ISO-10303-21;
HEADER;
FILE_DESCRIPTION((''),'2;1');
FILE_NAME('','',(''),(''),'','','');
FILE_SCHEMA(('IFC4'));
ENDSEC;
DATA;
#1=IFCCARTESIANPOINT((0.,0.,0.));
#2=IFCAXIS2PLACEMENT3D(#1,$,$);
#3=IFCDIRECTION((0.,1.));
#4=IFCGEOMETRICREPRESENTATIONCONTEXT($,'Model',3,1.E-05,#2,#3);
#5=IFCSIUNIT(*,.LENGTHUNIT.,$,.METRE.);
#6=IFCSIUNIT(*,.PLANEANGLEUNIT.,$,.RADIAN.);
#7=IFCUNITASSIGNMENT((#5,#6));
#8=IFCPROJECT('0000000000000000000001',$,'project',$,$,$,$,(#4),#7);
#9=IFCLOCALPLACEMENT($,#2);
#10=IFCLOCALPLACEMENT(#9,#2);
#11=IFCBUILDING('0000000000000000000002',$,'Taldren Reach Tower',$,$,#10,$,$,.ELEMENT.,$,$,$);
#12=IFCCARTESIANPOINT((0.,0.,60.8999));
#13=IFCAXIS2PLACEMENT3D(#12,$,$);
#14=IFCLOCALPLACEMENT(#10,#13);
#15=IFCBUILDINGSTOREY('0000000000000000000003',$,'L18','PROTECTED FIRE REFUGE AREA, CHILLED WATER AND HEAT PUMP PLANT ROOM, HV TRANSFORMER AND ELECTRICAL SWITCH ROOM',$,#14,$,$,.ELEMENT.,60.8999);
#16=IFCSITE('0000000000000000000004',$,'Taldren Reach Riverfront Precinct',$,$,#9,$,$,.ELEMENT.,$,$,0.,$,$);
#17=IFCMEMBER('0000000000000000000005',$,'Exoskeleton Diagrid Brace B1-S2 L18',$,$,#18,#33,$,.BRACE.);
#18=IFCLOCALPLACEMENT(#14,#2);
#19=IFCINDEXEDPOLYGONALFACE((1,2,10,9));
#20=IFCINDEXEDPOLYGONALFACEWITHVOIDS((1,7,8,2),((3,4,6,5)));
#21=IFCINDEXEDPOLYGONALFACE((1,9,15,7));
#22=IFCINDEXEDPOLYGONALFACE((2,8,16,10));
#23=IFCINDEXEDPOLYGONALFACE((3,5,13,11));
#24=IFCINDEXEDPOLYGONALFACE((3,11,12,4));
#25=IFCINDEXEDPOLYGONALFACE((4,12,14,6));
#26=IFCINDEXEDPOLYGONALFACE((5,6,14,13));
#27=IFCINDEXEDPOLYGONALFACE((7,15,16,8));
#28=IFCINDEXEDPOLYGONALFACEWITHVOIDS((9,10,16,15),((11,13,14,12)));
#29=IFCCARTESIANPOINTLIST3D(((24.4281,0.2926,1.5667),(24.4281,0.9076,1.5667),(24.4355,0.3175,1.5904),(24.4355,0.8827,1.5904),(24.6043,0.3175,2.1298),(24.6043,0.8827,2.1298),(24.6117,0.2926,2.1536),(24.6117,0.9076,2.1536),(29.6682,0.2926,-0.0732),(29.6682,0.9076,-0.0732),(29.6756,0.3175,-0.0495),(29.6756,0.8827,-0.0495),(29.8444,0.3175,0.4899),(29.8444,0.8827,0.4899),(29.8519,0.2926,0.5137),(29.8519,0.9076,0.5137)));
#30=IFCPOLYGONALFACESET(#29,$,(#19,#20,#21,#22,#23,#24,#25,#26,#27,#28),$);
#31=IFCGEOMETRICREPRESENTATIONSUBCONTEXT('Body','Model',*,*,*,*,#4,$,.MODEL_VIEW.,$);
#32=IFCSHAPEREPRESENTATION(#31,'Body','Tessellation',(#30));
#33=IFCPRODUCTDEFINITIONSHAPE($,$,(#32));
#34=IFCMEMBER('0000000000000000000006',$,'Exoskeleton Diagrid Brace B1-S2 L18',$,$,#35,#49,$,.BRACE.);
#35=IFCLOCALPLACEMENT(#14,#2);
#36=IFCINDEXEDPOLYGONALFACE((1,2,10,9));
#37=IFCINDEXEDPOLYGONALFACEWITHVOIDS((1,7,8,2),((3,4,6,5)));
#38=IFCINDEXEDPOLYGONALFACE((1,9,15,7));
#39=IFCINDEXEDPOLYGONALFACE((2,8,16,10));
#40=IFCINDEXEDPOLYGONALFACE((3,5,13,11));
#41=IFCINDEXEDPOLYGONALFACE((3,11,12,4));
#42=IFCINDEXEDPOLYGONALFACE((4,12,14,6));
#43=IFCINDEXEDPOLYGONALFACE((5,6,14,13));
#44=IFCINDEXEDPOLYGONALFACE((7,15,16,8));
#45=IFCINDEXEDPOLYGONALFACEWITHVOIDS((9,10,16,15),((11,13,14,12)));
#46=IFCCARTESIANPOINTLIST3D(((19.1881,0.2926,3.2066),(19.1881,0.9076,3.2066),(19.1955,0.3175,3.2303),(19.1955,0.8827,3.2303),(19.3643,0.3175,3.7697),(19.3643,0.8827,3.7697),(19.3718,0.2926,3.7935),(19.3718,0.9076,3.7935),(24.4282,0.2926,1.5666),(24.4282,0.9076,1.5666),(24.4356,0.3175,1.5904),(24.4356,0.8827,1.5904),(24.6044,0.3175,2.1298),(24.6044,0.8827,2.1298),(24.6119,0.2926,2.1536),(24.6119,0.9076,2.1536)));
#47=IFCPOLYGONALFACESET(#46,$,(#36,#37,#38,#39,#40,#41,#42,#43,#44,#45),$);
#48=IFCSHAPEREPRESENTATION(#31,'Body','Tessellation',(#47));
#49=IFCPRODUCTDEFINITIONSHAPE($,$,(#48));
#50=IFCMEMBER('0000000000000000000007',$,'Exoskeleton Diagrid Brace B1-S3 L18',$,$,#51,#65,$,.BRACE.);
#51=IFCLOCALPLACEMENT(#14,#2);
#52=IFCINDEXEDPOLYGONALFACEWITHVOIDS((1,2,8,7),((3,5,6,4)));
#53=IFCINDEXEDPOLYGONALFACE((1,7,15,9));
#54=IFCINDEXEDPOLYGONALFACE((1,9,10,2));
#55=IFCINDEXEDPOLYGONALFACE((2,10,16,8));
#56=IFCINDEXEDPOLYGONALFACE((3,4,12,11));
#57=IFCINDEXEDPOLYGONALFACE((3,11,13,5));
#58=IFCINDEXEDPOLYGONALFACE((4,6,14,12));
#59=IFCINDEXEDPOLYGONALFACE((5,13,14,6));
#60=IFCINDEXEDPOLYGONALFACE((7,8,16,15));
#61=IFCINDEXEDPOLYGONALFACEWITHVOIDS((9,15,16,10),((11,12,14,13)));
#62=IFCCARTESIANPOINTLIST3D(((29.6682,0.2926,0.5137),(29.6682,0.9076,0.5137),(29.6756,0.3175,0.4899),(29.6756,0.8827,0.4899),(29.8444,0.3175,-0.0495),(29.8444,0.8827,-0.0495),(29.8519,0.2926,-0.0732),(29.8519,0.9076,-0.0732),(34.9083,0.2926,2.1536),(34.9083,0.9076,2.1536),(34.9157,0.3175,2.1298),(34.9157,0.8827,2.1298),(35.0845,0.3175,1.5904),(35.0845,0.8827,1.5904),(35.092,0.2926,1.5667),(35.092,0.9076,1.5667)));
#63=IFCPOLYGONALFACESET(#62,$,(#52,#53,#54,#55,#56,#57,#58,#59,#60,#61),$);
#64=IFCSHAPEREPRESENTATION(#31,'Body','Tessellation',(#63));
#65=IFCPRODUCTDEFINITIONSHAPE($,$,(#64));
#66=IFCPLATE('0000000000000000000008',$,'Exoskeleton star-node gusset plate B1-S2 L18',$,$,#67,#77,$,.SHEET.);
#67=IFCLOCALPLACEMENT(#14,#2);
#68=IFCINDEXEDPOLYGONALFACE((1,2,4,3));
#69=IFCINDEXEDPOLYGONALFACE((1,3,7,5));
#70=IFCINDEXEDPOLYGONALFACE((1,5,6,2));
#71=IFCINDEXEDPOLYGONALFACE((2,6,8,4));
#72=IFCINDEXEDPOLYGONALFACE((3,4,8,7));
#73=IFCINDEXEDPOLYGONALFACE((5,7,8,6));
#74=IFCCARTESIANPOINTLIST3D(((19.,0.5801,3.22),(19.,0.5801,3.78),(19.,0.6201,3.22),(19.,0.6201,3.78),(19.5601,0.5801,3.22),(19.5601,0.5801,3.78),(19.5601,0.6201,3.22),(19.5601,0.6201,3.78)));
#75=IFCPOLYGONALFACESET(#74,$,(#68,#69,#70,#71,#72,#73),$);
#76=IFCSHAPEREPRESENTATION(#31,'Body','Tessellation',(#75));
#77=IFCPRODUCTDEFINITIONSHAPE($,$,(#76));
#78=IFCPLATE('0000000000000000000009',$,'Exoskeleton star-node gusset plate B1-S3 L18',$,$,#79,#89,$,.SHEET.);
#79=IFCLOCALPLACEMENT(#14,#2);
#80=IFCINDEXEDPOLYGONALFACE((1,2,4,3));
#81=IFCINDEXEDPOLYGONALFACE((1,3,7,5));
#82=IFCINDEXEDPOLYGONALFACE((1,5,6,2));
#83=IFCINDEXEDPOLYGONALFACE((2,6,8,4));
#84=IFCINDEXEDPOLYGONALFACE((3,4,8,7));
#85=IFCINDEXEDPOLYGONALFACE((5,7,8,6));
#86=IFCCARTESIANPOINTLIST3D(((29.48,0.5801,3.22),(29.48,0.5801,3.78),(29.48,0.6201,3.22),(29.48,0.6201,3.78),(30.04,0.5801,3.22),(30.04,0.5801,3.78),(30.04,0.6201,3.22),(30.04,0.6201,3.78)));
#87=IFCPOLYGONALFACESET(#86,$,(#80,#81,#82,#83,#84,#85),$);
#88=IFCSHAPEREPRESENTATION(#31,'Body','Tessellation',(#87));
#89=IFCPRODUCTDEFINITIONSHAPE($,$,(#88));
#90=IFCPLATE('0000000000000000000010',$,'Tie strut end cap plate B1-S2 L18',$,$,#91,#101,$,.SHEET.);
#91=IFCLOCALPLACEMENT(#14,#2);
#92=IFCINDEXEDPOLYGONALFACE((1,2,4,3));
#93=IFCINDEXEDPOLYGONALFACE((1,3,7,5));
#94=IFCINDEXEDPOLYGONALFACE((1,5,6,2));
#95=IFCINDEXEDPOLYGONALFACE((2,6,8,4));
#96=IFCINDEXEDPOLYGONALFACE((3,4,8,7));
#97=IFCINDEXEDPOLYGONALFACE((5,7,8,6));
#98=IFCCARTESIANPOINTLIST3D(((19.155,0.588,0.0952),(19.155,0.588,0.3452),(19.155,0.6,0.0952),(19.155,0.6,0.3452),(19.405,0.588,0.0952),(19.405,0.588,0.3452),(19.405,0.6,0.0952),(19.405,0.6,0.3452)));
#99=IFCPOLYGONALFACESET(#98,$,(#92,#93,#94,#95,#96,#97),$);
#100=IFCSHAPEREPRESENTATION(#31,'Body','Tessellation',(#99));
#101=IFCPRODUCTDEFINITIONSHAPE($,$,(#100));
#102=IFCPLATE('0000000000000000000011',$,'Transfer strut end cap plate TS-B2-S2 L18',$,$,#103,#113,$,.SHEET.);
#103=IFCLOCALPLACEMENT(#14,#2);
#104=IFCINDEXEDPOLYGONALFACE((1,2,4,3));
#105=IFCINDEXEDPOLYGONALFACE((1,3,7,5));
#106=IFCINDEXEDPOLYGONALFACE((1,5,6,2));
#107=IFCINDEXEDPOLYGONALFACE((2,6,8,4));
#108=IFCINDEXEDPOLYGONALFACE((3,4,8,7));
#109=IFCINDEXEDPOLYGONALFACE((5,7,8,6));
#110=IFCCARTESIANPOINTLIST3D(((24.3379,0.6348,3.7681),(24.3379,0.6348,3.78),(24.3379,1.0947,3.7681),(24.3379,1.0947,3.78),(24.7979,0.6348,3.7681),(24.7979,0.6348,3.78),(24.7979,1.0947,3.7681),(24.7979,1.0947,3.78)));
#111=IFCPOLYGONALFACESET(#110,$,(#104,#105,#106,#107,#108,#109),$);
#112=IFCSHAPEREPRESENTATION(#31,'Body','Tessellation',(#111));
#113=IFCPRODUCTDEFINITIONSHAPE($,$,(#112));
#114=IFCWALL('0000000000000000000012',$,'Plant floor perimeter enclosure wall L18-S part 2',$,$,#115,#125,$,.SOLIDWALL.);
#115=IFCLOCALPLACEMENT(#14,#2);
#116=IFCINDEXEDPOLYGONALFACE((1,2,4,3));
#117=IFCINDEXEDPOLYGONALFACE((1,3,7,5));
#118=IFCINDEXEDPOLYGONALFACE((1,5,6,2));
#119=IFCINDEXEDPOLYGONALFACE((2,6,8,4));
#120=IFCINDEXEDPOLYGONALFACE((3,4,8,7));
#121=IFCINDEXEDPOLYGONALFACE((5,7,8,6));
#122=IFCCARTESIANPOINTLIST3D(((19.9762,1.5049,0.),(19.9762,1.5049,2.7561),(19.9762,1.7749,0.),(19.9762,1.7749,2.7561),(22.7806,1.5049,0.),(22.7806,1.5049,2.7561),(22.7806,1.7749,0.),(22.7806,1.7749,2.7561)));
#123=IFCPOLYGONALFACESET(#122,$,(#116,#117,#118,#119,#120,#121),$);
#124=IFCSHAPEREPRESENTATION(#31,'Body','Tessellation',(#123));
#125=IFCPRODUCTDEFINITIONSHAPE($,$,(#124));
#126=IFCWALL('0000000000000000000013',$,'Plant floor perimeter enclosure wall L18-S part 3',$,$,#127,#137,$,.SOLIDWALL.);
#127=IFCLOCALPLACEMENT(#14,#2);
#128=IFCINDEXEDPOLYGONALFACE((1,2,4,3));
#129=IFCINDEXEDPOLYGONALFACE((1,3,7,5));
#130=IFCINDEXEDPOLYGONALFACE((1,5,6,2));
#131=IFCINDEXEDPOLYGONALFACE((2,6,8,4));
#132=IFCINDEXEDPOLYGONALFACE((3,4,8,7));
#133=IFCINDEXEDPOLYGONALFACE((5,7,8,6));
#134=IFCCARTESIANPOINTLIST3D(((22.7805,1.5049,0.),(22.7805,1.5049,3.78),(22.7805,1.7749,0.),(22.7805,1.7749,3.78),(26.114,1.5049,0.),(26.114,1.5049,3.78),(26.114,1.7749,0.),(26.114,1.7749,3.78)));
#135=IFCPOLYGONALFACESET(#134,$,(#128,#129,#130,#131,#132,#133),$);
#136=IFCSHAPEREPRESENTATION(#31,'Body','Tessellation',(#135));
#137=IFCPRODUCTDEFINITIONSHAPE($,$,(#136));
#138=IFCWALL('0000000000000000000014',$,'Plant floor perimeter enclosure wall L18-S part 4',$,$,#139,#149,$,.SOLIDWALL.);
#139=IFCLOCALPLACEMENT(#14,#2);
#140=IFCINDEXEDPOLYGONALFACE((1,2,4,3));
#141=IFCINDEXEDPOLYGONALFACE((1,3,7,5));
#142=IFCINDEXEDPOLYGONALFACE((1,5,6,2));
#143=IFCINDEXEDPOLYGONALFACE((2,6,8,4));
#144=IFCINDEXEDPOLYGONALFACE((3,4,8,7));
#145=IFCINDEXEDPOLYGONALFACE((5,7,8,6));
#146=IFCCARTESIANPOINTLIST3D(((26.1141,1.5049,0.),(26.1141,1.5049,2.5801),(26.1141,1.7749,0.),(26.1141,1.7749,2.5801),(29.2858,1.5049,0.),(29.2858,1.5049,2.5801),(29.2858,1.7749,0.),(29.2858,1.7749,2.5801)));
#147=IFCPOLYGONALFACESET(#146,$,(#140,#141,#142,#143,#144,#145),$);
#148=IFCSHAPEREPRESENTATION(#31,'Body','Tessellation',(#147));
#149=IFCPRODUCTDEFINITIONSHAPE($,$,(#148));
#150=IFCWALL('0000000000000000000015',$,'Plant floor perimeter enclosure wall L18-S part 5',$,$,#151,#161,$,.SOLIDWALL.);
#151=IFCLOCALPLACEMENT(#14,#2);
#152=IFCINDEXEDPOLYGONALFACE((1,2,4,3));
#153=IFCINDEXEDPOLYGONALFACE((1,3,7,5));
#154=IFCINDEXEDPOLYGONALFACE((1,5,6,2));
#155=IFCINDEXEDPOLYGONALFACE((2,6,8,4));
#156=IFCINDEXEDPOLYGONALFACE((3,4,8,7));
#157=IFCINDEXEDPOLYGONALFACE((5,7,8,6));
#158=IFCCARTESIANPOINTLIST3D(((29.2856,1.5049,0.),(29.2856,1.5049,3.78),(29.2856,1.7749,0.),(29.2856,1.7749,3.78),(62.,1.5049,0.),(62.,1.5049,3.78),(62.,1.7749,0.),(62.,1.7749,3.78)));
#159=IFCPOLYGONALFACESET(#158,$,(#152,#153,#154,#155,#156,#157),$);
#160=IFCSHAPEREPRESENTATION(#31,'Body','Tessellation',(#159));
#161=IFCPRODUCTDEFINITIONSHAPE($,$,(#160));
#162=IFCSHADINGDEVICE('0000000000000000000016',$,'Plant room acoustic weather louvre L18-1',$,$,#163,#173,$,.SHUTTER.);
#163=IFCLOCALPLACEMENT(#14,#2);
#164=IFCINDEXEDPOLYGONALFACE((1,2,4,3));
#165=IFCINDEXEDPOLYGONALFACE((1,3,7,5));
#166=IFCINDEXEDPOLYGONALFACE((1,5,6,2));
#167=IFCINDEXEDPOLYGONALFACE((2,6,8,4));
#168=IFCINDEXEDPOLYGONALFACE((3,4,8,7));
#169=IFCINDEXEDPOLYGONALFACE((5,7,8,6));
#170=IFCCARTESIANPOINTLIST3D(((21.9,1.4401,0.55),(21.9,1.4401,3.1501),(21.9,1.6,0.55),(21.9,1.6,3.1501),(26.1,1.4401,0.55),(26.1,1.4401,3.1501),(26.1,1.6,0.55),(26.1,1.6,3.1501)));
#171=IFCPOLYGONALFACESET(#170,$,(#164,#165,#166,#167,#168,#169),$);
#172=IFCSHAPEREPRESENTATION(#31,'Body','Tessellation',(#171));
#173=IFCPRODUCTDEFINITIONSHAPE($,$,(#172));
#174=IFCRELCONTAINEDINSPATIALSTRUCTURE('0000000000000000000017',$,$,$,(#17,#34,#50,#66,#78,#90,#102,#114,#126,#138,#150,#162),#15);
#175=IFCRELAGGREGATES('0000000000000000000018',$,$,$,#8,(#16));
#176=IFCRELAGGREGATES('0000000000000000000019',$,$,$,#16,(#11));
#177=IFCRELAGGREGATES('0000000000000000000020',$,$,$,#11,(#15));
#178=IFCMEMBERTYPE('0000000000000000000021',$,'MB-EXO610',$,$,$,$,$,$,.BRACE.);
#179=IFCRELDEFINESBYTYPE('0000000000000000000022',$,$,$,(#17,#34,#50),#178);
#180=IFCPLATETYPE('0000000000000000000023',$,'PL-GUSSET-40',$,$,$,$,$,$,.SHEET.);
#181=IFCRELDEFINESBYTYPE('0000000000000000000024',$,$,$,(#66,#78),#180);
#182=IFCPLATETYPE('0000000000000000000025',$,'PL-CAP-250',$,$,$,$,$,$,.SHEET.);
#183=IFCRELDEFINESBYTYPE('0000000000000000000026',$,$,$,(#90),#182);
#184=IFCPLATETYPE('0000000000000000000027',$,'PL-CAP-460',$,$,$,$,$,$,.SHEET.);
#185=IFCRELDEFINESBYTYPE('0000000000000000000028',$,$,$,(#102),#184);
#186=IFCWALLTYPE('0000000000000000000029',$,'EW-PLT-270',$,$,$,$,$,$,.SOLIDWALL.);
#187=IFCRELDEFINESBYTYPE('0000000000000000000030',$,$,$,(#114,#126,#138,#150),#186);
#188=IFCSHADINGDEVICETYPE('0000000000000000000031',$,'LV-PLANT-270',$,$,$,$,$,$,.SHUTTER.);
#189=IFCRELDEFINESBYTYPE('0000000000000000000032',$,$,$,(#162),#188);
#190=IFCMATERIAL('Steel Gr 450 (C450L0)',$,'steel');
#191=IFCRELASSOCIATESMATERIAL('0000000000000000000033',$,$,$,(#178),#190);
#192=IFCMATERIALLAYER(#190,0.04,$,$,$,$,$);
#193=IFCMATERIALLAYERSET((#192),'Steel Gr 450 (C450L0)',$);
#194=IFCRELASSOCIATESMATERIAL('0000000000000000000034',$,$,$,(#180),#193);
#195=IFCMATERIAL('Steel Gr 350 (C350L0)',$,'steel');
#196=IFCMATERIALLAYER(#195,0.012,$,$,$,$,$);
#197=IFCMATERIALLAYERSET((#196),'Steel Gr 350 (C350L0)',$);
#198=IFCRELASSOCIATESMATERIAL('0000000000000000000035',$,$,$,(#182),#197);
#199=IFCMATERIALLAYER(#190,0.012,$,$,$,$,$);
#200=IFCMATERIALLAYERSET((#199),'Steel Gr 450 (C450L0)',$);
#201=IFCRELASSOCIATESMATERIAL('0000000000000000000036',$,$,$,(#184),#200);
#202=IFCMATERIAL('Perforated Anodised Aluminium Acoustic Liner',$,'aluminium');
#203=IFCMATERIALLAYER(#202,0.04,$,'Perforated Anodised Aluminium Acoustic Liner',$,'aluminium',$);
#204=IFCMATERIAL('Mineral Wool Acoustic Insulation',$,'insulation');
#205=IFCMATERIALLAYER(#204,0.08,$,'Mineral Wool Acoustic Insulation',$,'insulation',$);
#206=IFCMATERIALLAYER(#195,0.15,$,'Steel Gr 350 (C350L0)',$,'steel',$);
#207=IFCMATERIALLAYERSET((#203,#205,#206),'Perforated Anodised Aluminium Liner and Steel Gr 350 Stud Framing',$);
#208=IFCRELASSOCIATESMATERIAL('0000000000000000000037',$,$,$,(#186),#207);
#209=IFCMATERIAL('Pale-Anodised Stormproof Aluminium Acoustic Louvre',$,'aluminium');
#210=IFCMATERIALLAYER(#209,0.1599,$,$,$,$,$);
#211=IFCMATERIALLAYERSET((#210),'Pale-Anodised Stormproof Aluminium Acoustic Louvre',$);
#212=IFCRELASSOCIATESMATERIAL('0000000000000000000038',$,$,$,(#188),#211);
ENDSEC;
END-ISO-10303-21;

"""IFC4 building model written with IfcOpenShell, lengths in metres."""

from ifc_helpers import new_model, si_unit, direction, frame, frame_2d, origin, origin_2d, place, context, subcontext, project, spatial, rectangle, hollow_rectangle, extrude, source, transform, mapped, material, layer, layer_set, material_profile, profile_set, type_object, element, save


model = new_model("IFC4")

# Units and contexts
model_context = context("Model", 3, precision=1e-05, world=origin(), true_north=direction((0.0, 1.0)))
body_context = subcontext(model_context, "Body", "Model", "MODEL_VIEW")
ifc_project = project(units=[si_unit("LENGTHUNIT", "METRE"), si_unit("PLANEANGLEUNIT", "RADIAN")], contexts=[model_context])

# Site, building, storey
site_placement = place(None, origin())
site = spatial("IfcSite", under=ifc_project, at=site_placement, Name="Taldren Reach Riverfront Precinct", CompositionType="ELEMENT", RefElevation=0.0)
building_placement = place(site_placement, origin())
building = spatial("IfcBuilding", under=site, at=building_placement, Name="Taldren Reach Tower", CompositionType="ELEMENT")
storey_placement = place(building_placement, frame((0.0, 0.0, 60.8999)))
storey = spatial("IfcBuildingStorey", under=building, at=storey_placement, Name="L18", Description="PROTECTED FIRE REFUGE AREA, CHILLED WATER AND HEAT PUMP PLANT ROOM, HV TRANSFORMER AND ELECTRICAL SWITCH ROOM", CompositionType="ELEMENT", Elevation=60.8999)

# Shared definitions
ifc_material_1 = material(Name="Steel Gr 450 (C450L0)", Category="steel")
ifc_material_2 = material(Name="Steel Gr 350 (C350L0)", Category="steel")

# Members
ifc_material_profile_1 = material_profile(ifc_material_1, hollow_rectangle(XDim=0.615, YDim=0.615, WallThickness=0.0249, at=origin_2d()), Name="615x615x25.0SHS")
ifc_profile_set_1 = profile_set([ifc_material_profile_1], Name="Steel Gr 450 (C450L0)")
member_type_1 = type_object("IfcMemberType", Name="MB-EXO610", PredefinedType="BRACE", material=ifc_profile_set_1)
shared_shape_1 = source(origin(), body_context, "Body", "SweptSolid", [
    extrude(hollow_rectangle(XDim=0.615, YDim=0.615, WallThickness=0.0249, at=origin_2d()), origin(), (0.0, 0.0, 1.0), 5.4907),
])
for number, where, z_axis, x_axis, name in (
    (1, (29.76, 0.6001, 0.2202), (-0.954356, 0.0, 0.298672), (0.0, -1.0, 0.0), "Exoskeleton Diagrid Brace B1-S2 L18"),
    (2, (24.52, 0.6001, 1.8601), (-0.954356, 0.0, 0.298672), (0.0, -1.0, 0.0), "Exoskeleton Diagrid Brace B1-S2 L18"),
    (3, (29.76, 0.6001, 0.2202), (0.954356, 0.0, 0.298672), (0.0, 1.0, 0.0), "Exoskeleton Diagrid Brace B1-S3 L18"),
):
    element("IfcMember", number, at=place(storey_placement, frame(where, z_axis=z_axis, x_axis=x_axis)), inside=storey, type_object=member_type_1, Name=name, PredefinedType="BRACE", context=body_context, shape_type="MappedRepresentation", body=[
        mapped(shared_shape_1, transform((0.0, 0.0, 0.0), scale=1.0)),
    ])

# Plates
ifc_layer_1 = layer(ifc_material_1, 0.04)
ifc_layer_set_1 = layer_set([ifc_layer_1], Name="Steel Gr 450 (C450L0)")
plate_type_1 = type_object("IfcPlateType", Name="PL-GUSSET-40", PredefinedType="SHEET", material=ifc_layer_set_1)
shared_shape_2 = source(origin(), body_context, "Body", "SweptSolid", [
    extrude(rectangle(XDim=0.5601, YDim=0.04, at=origin_2d()), origin(), (0.0, 0.0, 1.0), 0.5601),
])
for number, where, z_axis, x_axis, name in (
    (4, (19.28, 0.6001, 3.22), (0.0, 0.0, 1.0), (1.0, 0.0, 0.0), "Exoskeleton star-node gusset plate B1-S2 L18"),
    (5, (29.76, 0.6001, 3.22), (0.0, 0.0, 1.0), (1.0, 0.0, 0.0), "Exoskeleton star-node gusset plate B1-S3 L18"),
):
    element("IfcPlate", number, at=place(storey_placement, frame(where, z_axis=z_axis, x_axis=x_axis)), inside=storey, type_object=plate_type_1, Name=name, PredefinedType="SHEET", context=body_context, shape_type="MappedRepresentation", body=[
        mapped(shared_shape_2, transform((0.0, 0.0, 0.0), scale=1.0)),
    ])
ifc_layer_2 = layer(ifc_material_2, 0.012)
ifc_layer_set_2 = layer_set([ifc_layer_2], Name="Steel Gr 350 (C350L0)")
plate_type_2 = type_object("IfcPlateType", Name="PL-CAP-250", PredefinedType="SHEET", material=ifc_layer_set_2)
shared_shape_3 = source(origin(), body_context, "Body", "SweptSolid", [
    extrude(rectangle(XDim=0.25, YDim=0.012, at=origin_2d()), origin(), (0.0, 0.0, 1.0), 0.25),
])
plate_1_placement = place(storey_placement, frame((19.28, 0.594, 0.0952), z_axis=(0.0, 0.0, 1.0), x_axis=(1.0, 0.0, 0.0)))
element("IfcPlate", 6, at=plate_1_placement, inside=storey, type_object=plate_type_2, Name="Tie strut end cap plate B1-S2 L18", PredefinedType="SHEET", context=body_context, shape_type="MappedRepresentation", body=[
    mapped(shared_shape_3, transform((0.0, 0.0, 0.0), scale=1.0)),
])
ifc_layer_3 = layer(ifc_material_1, 0.012)
ifc_layer_set_3 = layer_set([ifc_layer_3], Name="Steel Gr 450 (C450L0)")
plate_type_3 = type_object("IfcPlateType", Name="PL-CAP-460", PredefinedType="SHEET", material=ifc_layer_set_3)
shared_shape_4 = source(origin(), body_context, "Body", "SweptSolid", [
    extrude(rectangle(XDim=0.46, YDim=0.46, at=origin_2d()), origin(), (0.0, 0.0, 1.0), 0.012),
])
plate_2_placement = place(storey_placement, frame((24.5679, 0.8647, 3.7681), z_axis=(0.0, 0.0, 1.0), x_axis=(1.0, 0.0, 0.0)))
element("IfcPlate", 7, at=plate_2_placement, inside=storey, type_object=plate_type_3, Name="Transfer strut end cap plate TS-B2-S2 L18", PredefinedType="SHEET", context=body_context, shape_type="MappedRepresentation", body=[
    mapped(shared_shape_4, transform((0.0, 0.0, 0.0), scale=1.0)),
])

# Walls
ifc_material_3 = material(Name="Perforated Anodised Aluminium Acoustic Liner", Category="aluminium")
ifc_layer_4 = layer(ifc_material_3, 0.04, Name="Perforated Anodised Aluminium Acoustic Liner", Category="aluminium")
ifc_material_4 = material(Name="Mineral Wool Acoustic Insulation", Category="insulation")
ifc_layer_5 = layer(ifc_material_4, 0.08, Name="Mineral Wool Acoustic Insulation", Category="insulation")
ifc_layer_6 = layer(ifc_material_2, 0.15, Name="Steel Gr 350 (C350L0)", Category="steel")
ifc_layer_set_4 = layer_set([ifc_layer_4, ifc_layer_5, ifc_layer_6], Name="Perforated Anodised Aluminium Liner and Steel Gr 350 Stud Framing")
wall_type = type_object("IfcWallType", Name="EW-PLT-270", PredefinedType="SOLIDWALL", material=ifc_layer_set_4)
shared_shape_5 = source(origin(), body_context, "Body", "SweptSolid", [
    extrude(rectangle(XDim=2.8044, YDim=0.27, at=frame_2d((1.4023, 0.0))), origin(), (0.0, 0.0, 1.0), 2.7561),
])
wall_1_placement = place(storey_placement, frame((19.9761, 1.6399, 0.0), z_axis=(0.0, 0.0, 1.0), x_axis=(1.0, 0.0, 0.0)))
element("IfcWall", 8, at=wall_1_placement, inside=storey, type_object=wall_type, Name="Plant floor perimeter enclosure wall L18-S part 2", PredefinedType="SOLIDWALL", context=body_context, shape_type="MappedRepresentation", body=[
    mapped(shared_shape_5, transform((0.0, 0.0, 0.0), scale=1.0)),
])
shared_shape_6 = source(origin(), body_context, "Body", "SweptSolid", [
    extrude(rectangle(XDim=3.3335, YDim=0.27, at=frame_2d((1.6667, 0.0))), origin(), (0.0, 0.0, 1.0), 3.78),
])
wall_2_placement = place(storey_placement, frame((22.7805, 1.6399, 0.0), z_axis=(0.0, 0.0, 1.0), x_axis=(1.0, 0.0, 0.0)))
element("IfcWall", 9, at=wall_2_placement, inside=storey, type_object=wall_type, Name="Plant floor perimeter enclosure wall L18-S part 3", PredefinedType="SOLIDWALL", context=body_context, shape_type="MappedRepresentation", body=[
    mapped(shared_shape_6, transform((0.0, 0.0, 0.0), scale=1.0)),
])
shared_shape_7 = source(origin(), body_context, "Body", "SweptSolid", [
    extrude(rectangle(XDim=3.1716, YDim=0.27, at=frame_2d((1.5859, 0.0))), origin(), (0.0, 0.0, 1.0), 2.5801),
])
wall_3_placement = place(storey_placement, frame((26.114, 1.6399, 0.0), z_axis=(0.0, 0.0, 1.0), x_axis=(1.0, 0.0, 0.0)))
element("IfcWall", 10, at=wall_3_placement, inside=storey, type_object=wall_type, Name="Plant floor perimeter enclosure wall L18-S part 4", PredefinedType="SOLIDWALL", context=body_context, shape_type="MappedRepresentation", body=[
    mapped(shared_shape_7, transform((0.0, 0.0, 0.0), scale=1.0)),
])
shared_shape_8 = source(origin(), body_context, "Body", "SweptSolid", [
    extrude(rectangle(XDim=32.7144, YDim=0.27, at=frame_2d((16.3572, 0.0))), origin(), (0.0, 0.0, 1.0), 3.78),
])
wall_4_placement = place(storey_placement, frame((29.2856, 1.6399, 0.0), z_axis=(0.0, 0.0, 1.0), x_axis=(1.0, 0.0, 0.0)))
element("IfcWall", 11, at=wall_4_placement, inside=storey, type_object=wall_type, Name="Plant floor perimeter enclosure wall L18-S part 5", PredefinedType="SOLIDWALL", context=body_context, shape_type="MappedRepresentation", body=[
    mapped(shared_shape_8, transform((0.0, 0.0, 0.0), scale=1.0)),
])

# Shading device
ifc_material_5 = material(Name="Pale-Anodised Stormproof Aluminium Acoustic Louvre", Category="aluminium")
ifc_layer_7 = layer(ifc_material_5, 0.1599)
ifc_layer_set_5 = layer_set([ifc_layer_7], Name="Pale-Anodised Stormproof Aluminium Acoustic Louvre")
shading_device_type = type_object("IfcShadingDeviceType", Name="LV-PLANT-270", PredefinedType="SHUTTER", material=ifc_layer_set_5)
shared_shape_9 = source(origin(), body_context, "Body", "SweptSolid", [
    extrude(rectangle(XDim=4.2, YDim=0.1599, at=origin_2d()), origin(), (0.0, 0.0, 1.0), 2.6001),
])
shading_device_placement = place(storey_placement, frame((24.0, 1.52, 0.55), z_axis=(0.0, 0.0, 1.0), x_axis=(1.0, 0.0, 0.0)))
element("IfcShadingDevice", 12, at=shading_device_placement, inside=storey, type_object=shading_device_type, Name="Plant room acoustic weather louvre L18-1", PredefinedType="SHUTTER", context=body_context, shape_type="MappedRepresentation", body=[
    mapped(shared_shape_9, transform((0.0, 0.0, 0.0), scale=1.0)),
])

save(model, "model.ifc")
